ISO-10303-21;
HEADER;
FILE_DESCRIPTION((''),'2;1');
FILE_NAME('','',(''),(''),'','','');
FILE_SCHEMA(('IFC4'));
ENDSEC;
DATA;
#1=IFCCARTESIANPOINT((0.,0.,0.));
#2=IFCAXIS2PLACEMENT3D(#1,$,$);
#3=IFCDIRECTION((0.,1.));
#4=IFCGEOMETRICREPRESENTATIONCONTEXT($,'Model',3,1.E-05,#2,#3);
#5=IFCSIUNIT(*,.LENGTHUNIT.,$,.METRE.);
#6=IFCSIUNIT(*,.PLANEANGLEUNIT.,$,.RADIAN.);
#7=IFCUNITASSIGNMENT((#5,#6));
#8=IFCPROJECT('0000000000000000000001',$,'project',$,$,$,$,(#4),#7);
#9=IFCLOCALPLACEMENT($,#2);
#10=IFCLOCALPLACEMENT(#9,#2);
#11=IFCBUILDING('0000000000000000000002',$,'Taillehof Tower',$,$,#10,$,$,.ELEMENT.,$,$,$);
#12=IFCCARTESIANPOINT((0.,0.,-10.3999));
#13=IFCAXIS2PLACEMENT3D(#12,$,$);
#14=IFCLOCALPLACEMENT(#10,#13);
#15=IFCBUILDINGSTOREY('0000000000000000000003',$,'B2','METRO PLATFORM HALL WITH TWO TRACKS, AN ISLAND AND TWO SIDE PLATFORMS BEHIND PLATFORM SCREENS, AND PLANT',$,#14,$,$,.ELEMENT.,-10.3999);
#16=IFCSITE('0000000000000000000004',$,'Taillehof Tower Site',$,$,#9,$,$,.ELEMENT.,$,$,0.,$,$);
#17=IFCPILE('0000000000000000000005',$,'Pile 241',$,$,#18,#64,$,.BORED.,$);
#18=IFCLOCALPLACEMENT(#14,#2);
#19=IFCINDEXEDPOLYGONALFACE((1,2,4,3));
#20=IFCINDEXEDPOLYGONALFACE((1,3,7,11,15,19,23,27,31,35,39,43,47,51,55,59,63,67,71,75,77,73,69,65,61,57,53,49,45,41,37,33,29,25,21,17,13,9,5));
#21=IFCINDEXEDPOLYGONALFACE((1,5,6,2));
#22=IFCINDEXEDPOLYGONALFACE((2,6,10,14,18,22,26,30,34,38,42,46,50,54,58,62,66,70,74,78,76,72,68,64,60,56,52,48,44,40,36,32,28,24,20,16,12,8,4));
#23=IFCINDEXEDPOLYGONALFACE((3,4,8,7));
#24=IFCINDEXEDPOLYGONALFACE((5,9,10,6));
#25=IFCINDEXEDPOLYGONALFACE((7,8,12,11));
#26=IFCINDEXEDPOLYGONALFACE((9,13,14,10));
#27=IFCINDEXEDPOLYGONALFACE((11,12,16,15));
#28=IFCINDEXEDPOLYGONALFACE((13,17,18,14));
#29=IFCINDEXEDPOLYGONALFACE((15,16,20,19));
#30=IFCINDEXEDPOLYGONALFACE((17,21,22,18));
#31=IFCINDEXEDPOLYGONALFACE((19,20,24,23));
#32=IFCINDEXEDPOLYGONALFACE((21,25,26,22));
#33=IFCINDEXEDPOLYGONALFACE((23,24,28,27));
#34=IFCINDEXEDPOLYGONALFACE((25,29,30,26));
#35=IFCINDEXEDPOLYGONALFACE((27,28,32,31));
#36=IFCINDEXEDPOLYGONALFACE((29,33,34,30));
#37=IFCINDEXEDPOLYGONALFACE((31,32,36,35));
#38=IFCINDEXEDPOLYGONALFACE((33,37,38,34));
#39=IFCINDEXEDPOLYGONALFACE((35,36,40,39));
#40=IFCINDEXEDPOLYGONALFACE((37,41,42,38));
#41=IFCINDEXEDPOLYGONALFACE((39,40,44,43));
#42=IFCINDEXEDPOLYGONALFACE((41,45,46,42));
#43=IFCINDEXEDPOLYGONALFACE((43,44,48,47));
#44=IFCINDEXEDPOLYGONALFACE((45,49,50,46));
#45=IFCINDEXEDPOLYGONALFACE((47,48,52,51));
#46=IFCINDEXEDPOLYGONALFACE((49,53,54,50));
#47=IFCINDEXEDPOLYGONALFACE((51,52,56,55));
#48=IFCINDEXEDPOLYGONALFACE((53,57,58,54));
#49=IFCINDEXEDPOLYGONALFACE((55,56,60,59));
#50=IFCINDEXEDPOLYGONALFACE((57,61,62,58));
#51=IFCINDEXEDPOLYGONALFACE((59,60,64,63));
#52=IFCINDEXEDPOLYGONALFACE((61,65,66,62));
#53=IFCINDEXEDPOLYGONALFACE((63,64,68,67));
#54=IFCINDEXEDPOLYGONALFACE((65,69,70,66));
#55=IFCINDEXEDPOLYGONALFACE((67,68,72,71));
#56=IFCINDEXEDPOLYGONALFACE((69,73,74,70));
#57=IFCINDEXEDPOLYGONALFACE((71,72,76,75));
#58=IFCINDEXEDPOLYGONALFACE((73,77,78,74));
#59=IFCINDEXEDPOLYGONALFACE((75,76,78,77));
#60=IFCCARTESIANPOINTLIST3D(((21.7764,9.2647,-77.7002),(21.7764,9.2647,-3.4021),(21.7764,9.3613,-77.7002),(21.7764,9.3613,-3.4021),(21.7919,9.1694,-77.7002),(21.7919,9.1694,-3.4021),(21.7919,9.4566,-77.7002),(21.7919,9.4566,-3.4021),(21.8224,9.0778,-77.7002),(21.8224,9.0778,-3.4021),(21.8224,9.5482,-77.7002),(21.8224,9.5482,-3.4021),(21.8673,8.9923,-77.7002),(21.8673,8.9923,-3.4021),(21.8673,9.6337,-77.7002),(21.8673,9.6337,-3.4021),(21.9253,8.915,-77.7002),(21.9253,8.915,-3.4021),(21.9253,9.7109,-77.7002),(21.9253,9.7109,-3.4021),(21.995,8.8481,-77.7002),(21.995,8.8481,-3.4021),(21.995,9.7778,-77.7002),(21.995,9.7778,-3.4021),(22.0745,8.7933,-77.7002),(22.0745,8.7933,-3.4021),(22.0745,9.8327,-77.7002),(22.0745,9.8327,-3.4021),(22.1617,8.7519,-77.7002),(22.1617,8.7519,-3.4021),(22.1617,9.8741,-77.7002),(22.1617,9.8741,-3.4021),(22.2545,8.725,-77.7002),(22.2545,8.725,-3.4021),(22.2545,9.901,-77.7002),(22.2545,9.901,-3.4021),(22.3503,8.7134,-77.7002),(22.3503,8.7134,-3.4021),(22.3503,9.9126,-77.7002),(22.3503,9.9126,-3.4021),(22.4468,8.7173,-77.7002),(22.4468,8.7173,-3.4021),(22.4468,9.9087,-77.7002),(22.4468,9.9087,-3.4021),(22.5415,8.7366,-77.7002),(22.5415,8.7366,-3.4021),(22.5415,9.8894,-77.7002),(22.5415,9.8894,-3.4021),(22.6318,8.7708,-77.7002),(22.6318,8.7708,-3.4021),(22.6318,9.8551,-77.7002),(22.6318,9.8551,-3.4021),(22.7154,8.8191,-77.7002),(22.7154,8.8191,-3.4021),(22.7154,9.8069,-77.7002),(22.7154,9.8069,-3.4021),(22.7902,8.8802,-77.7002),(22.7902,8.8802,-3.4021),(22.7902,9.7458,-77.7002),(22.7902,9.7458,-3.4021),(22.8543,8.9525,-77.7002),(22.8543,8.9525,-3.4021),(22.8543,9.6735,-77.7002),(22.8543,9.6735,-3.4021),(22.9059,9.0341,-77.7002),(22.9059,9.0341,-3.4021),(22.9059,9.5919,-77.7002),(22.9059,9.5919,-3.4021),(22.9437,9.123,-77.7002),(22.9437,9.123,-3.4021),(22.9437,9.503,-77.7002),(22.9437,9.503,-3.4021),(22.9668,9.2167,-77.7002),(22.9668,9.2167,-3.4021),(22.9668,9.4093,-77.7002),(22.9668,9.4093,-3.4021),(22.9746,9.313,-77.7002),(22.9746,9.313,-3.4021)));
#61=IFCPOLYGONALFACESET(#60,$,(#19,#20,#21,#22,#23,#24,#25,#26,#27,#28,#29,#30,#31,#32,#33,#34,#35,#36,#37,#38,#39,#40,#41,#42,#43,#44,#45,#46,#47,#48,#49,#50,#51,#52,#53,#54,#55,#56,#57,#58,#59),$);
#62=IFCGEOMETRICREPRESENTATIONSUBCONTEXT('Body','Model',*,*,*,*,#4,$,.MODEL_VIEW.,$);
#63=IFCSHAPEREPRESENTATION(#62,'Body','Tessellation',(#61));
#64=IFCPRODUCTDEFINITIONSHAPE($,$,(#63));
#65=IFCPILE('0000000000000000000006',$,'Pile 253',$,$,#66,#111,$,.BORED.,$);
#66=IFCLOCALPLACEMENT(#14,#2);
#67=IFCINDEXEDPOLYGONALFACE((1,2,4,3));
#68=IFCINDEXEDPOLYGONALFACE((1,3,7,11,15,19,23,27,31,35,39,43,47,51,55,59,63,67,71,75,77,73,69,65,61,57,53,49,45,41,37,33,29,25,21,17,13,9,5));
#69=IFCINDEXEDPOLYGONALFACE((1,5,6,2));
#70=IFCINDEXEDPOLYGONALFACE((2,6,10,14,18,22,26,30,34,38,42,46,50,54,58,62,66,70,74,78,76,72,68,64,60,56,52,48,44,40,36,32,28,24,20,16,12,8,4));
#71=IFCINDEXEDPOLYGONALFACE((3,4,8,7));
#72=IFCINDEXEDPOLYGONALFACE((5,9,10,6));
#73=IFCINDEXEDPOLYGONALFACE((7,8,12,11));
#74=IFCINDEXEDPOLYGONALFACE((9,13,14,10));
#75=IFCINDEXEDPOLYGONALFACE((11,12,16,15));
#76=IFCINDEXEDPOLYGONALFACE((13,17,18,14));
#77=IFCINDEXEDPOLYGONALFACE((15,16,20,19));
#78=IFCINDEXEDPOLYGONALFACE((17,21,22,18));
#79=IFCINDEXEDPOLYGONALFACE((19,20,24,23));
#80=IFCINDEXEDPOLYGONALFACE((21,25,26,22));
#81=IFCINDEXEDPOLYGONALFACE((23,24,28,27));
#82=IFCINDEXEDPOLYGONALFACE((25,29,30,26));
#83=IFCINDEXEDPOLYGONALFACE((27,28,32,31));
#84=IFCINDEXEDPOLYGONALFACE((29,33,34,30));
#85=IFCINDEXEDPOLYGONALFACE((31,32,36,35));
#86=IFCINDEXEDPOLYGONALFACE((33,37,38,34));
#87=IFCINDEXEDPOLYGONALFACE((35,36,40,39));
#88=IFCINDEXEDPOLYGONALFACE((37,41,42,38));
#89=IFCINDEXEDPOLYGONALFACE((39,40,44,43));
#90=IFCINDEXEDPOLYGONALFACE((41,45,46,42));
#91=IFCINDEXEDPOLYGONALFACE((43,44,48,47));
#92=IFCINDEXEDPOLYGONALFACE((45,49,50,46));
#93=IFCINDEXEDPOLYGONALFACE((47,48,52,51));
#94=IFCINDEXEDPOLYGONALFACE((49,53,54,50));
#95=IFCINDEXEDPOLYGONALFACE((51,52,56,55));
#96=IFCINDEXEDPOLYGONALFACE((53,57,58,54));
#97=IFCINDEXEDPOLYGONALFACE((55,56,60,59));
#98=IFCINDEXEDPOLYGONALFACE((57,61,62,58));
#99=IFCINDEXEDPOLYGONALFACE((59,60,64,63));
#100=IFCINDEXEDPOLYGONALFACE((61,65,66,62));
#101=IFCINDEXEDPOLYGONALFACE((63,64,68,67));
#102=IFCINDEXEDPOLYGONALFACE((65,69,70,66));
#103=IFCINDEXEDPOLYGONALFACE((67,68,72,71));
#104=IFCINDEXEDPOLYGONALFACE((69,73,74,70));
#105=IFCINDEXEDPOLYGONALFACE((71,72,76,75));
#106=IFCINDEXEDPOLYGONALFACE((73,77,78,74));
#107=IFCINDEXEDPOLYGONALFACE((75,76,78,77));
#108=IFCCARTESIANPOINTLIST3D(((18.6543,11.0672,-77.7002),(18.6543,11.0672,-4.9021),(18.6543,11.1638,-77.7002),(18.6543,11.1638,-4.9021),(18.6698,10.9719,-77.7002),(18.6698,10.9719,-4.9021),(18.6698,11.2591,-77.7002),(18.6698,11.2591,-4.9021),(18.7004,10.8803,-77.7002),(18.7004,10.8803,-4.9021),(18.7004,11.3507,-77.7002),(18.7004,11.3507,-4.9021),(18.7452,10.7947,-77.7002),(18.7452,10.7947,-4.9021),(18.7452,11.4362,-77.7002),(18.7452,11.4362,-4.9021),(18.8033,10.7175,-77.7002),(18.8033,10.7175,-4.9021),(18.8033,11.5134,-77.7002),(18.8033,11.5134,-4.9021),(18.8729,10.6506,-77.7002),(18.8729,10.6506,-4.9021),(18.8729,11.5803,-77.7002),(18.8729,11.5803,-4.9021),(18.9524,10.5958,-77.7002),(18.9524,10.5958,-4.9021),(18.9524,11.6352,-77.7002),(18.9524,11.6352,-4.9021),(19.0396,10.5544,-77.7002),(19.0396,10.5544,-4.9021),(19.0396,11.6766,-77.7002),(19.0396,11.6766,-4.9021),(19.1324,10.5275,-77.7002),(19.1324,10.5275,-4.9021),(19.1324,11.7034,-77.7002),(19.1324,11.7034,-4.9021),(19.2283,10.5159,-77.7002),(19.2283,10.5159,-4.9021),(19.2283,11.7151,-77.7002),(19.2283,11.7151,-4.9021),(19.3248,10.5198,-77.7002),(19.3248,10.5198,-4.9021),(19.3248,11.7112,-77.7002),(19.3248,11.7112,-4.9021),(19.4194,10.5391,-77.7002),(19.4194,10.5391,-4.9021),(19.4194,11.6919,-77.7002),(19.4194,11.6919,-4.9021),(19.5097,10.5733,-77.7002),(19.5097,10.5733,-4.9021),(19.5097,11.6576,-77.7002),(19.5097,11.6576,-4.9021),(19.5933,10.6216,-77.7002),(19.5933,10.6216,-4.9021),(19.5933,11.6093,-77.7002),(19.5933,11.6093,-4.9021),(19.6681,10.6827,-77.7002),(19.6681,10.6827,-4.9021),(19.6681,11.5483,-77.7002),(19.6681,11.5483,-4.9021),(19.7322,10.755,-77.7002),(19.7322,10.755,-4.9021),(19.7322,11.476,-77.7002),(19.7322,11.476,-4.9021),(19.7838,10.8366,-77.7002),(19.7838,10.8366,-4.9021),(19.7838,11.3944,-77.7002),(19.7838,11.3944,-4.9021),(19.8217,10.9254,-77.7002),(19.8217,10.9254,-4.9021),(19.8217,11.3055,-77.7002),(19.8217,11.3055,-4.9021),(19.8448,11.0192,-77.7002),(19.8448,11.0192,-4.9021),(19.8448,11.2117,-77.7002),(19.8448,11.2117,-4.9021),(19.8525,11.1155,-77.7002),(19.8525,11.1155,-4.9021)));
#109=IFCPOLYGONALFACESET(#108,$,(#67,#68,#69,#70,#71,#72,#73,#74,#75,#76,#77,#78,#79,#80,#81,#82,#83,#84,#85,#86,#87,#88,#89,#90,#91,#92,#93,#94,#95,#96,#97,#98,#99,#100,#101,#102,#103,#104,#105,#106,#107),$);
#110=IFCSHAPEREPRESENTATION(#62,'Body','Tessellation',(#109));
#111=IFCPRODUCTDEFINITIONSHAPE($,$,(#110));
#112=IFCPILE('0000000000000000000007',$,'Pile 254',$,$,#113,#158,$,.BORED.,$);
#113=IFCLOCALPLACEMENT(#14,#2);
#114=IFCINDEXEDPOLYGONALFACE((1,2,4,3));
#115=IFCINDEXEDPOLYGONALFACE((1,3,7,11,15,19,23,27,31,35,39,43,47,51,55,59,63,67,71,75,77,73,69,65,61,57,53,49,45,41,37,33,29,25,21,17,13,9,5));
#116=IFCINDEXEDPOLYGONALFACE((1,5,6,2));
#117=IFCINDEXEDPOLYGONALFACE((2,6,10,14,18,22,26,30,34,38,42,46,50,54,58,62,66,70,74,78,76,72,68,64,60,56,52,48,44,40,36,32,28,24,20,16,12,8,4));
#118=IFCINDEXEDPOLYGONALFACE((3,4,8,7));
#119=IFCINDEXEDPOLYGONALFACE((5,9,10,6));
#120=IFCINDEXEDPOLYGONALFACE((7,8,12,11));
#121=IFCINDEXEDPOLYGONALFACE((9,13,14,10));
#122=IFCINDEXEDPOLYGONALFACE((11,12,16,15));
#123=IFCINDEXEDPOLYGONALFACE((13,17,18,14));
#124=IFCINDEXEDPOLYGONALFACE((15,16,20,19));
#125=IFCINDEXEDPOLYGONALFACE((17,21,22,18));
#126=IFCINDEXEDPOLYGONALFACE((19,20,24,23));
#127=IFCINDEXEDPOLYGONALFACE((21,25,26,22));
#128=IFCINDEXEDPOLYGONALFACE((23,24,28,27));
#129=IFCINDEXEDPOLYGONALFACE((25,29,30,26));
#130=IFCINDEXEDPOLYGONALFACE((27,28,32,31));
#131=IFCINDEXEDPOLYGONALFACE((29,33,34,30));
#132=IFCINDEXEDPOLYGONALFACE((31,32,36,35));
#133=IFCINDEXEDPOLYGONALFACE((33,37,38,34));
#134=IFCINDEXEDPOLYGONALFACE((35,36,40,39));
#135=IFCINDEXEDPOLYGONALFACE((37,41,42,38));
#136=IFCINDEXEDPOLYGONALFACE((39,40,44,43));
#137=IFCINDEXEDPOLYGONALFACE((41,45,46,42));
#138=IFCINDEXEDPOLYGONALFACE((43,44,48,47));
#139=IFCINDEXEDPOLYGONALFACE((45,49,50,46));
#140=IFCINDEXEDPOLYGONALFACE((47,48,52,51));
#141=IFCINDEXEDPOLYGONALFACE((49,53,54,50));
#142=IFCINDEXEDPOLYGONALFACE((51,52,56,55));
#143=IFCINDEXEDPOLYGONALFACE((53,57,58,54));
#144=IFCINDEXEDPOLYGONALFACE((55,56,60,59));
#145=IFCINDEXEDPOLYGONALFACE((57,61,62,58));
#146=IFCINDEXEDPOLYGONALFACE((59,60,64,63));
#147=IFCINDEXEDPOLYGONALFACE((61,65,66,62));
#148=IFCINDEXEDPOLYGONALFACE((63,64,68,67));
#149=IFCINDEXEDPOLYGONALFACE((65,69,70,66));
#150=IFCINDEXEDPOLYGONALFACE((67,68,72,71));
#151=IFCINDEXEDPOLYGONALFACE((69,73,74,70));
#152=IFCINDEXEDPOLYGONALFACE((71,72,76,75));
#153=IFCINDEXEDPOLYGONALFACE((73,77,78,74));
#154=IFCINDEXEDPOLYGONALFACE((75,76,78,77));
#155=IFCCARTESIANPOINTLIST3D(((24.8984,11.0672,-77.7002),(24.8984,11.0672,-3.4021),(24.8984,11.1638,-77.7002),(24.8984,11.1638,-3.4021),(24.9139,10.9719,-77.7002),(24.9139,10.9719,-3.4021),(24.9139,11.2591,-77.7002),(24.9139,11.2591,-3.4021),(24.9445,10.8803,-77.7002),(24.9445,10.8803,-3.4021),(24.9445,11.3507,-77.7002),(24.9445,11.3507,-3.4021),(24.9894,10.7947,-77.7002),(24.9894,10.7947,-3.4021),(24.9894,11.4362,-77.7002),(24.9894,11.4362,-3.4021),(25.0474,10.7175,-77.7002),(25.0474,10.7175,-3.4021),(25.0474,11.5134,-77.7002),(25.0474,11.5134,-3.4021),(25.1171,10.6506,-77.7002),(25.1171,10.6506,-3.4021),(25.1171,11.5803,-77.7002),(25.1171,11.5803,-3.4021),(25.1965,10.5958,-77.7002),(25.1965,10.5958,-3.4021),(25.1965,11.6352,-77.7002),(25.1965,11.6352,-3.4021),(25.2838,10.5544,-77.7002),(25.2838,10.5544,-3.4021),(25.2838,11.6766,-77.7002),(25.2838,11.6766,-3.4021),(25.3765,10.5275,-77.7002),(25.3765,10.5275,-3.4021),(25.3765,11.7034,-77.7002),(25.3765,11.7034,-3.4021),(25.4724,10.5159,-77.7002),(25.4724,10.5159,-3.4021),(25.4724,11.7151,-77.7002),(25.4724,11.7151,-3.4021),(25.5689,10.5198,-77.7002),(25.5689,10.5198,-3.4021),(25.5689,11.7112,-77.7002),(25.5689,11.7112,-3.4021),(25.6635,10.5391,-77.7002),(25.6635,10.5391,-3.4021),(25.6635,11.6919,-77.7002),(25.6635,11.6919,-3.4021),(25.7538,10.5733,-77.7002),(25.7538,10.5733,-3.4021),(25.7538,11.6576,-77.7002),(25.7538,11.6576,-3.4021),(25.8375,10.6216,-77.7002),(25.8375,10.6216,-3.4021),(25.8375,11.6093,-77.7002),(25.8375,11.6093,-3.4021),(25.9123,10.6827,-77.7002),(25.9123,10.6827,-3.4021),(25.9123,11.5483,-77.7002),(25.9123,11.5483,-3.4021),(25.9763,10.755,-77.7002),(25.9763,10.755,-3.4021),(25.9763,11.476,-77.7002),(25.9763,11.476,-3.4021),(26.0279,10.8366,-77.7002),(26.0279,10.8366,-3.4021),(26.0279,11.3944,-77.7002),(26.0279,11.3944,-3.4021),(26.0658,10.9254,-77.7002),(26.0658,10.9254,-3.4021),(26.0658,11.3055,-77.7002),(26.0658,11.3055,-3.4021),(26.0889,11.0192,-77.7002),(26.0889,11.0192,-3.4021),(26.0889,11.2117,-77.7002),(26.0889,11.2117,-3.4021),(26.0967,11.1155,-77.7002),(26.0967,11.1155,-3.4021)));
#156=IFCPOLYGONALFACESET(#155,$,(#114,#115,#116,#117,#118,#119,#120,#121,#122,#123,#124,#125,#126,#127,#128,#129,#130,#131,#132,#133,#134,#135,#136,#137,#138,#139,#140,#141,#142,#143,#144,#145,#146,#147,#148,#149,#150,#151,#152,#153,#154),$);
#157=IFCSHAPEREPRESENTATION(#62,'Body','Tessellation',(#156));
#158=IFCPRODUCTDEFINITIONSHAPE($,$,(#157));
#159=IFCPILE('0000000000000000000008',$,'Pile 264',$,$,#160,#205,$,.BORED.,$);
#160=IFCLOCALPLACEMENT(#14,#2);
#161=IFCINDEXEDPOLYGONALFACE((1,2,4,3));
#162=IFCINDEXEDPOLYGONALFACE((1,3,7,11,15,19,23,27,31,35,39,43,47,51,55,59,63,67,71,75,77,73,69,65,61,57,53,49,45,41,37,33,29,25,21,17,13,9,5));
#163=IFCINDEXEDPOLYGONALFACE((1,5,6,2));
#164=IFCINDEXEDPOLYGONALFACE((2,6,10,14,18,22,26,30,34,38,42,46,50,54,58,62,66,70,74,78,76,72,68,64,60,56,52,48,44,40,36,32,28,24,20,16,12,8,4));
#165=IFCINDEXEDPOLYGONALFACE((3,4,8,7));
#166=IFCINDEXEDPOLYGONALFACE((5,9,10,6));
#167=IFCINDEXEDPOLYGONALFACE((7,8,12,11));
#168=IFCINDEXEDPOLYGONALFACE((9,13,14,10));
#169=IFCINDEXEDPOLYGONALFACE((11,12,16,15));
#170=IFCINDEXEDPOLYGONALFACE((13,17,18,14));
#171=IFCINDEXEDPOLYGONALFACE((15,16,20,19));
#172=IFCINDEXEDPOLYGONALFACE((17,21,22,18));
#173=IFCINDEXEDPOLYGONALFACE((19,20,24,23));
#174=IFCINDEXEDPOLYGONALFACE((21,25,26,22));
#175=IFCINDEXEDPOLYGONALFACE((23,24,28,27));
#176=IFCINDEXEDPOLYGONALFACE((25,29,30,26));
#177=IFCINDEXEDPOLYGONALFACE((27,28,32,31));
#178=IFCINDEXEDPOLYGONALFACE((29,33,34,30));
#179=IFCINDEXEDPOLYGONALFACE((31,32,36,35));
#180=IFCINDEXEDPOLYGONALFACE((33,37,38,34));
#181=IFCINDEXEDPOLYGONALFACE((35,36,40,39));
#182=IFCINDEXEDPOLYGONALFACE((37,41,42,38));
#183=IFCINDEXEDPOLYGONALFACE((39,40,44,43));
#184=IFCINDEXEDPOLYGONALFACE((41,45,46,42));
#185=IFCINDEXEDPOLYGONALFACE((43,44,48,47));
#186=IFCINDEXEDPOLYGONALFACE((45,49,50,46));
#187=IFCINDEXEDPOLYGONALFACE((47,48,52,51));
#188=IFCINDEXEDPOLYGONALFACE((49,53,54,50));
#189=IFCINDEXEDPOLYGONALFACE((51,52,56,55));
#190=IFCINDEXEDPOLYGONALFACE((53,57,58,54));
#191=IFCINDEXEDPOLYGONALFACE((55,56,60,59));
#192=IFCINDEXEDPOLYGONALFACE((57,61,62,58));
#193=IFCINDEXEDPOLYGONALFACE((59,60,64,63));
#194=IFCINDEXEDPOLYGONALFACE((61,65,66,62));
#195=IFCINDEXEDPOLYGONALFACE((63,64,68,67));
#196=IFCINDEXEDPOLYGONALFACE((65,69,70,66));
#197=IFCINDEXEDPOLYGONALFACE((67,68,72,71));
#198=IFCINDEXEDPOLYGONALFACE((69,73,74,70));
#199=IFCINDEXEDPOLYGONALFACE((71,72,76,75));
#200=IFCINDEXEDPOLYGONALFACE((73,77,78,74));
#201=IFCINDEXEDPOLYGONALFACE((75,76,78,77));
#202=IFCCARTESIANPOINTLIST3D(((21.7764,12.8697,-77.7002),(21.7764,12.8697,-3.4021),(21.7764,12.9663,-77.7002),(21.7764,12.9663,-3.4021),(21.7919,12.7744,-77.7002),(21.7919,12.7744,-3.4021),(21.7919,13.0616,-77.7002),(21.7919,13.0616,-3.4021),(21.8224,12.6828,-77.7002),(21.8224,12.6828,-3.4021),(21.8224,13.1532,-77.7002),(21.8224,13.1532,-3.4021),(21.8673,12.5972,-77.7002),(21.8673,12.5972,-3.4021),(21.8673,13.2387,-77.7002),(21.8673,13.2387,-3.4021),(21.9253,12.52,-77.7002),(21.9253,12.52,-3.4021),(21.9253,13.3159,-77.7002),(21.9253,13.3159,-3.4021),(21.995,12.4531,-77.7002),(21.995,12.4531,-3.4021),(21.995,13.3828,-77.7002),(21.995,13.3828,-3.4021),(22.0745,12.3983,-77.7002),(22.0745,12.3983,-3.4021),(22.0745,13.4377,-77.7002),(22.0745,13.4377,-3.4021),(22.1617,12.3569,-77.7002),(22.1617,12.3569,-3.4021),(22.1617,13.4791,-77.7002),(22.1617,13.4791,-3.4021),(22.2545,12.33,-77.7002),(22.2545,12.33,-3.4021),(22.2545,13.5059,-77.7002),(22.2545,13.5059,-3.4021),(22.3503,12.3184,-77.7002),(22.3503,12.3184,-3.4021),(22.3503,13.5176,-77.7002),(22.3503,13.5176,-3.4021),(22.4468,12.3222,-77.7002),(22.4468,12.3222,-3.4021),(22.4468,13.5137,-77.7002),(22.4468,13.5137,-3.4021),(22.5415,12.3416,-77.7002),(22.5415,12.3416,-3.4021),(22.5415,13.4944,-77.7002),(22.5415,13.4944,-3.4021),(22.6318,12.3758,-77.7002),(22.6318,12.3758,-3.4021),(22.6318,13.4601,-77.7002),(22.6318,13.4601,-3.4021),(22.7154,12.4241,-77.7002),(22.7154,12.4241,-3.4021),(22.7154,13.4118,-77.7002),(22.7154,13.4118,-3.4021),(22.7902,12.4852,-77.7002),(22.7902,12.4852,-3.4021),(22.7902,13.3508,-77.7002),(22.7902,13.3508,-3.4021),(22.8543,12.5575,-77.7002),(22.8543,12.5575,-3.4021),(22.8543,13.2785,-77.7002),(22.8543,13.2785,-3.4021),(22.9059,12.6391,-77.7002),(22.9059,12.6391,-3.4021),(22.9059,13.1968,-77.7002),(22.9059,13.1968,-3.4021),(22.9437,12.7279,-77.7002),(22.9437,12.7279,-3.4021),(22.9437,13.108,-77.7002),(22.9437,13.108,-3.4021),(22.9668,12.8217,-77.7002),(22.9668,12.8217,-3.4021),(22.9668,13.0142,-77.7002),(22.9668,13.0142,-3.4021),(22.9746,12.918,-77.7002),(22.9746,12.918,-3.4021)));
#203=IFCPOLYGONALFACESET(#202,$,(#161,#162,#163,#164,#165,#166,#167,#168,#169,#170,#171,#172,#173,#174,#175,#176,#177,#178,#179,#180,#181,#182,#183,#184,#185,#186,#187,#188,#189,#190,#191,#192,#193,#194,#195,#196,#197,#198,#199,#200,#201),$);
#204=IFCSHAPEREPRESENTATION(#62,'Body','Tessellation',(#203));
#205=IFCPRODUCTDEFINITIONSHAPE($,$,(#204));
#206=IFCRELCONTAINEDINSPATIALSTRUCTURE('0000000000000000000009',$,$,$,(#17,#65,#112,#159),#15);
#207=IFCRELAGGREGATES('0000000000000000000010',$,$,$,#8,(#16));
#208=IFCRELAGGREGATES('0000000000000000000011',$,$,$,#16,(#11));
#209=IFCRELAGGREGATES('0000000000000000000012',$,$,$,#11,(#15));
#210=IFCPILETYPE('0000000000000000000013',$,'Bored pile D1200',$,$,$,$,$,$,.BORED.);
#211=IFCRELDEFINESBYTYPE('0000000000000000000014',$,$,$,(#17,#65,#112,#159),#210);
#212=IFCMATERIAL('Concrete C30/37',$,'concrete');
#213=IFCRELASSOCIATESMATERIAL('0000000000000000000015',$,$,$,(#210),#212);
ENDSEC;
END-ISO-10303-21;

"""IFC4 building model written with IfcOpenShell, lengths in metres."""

from ifc_helpers import new_model, si_unit, direction, frame, origin, origin_2d, place, context, subcontext, project, spatial, circle, extrude, material, material_profile, profile_set, type_object, element, save


model = new_model("IFC4")

# Units and contexts
model_context = context("Model", 3, precision=1e-05, world=origin(), true_north=direction((0.0, 1.0)))
body_context = subcontext(model_context, "Body", "Model", "MODEL_VIEW")
ifc_project = project(units=[si_unit("LENGTHUNIT", "METRE"), si_unit("PLANEANGLEUNIT", "RADIAN")], contexts=[model_context])

# Site, building, storey
site_placement = place(None, origin())
site = spatial("IfcSite", under=ifc_project, at=site_placement, Name="Taillehof Tower Site", CompositionType="ELEMENT", RefElevation=0.0)
building_placement = place(site_placement, origin())
building = spatial("IfcBuilding", under=site, at=building_placement, Name="Taillehof Tower", CompositionType="ELEMENT")
storey_placement = place(building_placement, frame((0.0, 0.0, -10.3999)))
storey = spatial("IfcBuildingStorey", under=building, at=storey_placement, Name="B2", Description="METRO PLATFORM HALL WITH TWO TRACKS, AN ISLAND AND TWO SIDE PLATFORMS BEHIND PLATFORM SCREENS, AND PLANT", CompositionType="ELEMENT", Elevation=-10.3999)

# Piles
ifc_material_1 = material(Name="Concrete C30/37", Category="concrete")
ifc_material_profile_1 = material_profile(ifc_material_1, circle(Radius=0.6001, at=origin_2d()), Name="BP D1200")
ifc_profile_set_1 = profile_set([ifc_material_profile_1], Name="Concrete C30/37")
pile_type = type_object("IfcPileType", Name="Bored pile D1200", PredefinedType="BORED", material=ifc_profile_set_1)
for number, where, z_axis, x_axis, name in (
    (1, (22.3745, 9.313, -3.4021), (0.0, 0.0, -1.0), (1.0, 0.0, 0.0), "Pile 241"),
):
    element("IfcPile", number, at=place(storey_placement, frame(where, z_axis=z_axis, x_axis=x_axis)), inside=storey, type_object=pile_type, Name=name, PredefinedType="BORED", context=body_context, shape_type="SweptSolid", body=[
        extrude(circle(Radius=0.6001, at=origin_2d()), origin(), (0.0, 0.0, 1.0), 74.2981),
    ])
pile_1_placement = place(storey_placement, frame((19.2524, 11.1155, -4.9021), z_axis=(0.0, 0.0, -1.0), x_axis=(1.0, 0.0, 0.0)))
element("IfcPile", 2, at=pile_1_placement, inside=storey, type_object=pile_type, Name="Pile 253", PredefinedType="BORED", context=body_context, shape_type="SweptSolid", body=[
    extrude(circle(Radius=0.6001, at=origin_2d()), origin(), (0.0, 0.0, 1.0), 72.7981),
])
for number, where, z_axis, x_axis, name in (
    (3, (25.4966, 11.1155, -3.4021), (0.0, 0.0, -1.0), (1.0, 0.0, 0.0), "Pile 254"),
    (4, (22.3745, 12.918, -3.4021), (0.0, 0.0, -1.0), (1.0, 0.0, 0.0), "Pile 264"),
):
    element("IfcPile", number, at=place(storey_placement, frame(where, z_axis=z_axis, x_axis=x_axis)), inside=storey, type_object=pile_type, Name=name, PredefinedType="BORED", context=body_context, shape_type="SweptSolid", body=[
        extrude(circle(Radius=0.6001, at=origin_2d()), origin(), (0.0, 0.0, 1.0), 74.2981),
    ])

save(model, "model.ifc")
